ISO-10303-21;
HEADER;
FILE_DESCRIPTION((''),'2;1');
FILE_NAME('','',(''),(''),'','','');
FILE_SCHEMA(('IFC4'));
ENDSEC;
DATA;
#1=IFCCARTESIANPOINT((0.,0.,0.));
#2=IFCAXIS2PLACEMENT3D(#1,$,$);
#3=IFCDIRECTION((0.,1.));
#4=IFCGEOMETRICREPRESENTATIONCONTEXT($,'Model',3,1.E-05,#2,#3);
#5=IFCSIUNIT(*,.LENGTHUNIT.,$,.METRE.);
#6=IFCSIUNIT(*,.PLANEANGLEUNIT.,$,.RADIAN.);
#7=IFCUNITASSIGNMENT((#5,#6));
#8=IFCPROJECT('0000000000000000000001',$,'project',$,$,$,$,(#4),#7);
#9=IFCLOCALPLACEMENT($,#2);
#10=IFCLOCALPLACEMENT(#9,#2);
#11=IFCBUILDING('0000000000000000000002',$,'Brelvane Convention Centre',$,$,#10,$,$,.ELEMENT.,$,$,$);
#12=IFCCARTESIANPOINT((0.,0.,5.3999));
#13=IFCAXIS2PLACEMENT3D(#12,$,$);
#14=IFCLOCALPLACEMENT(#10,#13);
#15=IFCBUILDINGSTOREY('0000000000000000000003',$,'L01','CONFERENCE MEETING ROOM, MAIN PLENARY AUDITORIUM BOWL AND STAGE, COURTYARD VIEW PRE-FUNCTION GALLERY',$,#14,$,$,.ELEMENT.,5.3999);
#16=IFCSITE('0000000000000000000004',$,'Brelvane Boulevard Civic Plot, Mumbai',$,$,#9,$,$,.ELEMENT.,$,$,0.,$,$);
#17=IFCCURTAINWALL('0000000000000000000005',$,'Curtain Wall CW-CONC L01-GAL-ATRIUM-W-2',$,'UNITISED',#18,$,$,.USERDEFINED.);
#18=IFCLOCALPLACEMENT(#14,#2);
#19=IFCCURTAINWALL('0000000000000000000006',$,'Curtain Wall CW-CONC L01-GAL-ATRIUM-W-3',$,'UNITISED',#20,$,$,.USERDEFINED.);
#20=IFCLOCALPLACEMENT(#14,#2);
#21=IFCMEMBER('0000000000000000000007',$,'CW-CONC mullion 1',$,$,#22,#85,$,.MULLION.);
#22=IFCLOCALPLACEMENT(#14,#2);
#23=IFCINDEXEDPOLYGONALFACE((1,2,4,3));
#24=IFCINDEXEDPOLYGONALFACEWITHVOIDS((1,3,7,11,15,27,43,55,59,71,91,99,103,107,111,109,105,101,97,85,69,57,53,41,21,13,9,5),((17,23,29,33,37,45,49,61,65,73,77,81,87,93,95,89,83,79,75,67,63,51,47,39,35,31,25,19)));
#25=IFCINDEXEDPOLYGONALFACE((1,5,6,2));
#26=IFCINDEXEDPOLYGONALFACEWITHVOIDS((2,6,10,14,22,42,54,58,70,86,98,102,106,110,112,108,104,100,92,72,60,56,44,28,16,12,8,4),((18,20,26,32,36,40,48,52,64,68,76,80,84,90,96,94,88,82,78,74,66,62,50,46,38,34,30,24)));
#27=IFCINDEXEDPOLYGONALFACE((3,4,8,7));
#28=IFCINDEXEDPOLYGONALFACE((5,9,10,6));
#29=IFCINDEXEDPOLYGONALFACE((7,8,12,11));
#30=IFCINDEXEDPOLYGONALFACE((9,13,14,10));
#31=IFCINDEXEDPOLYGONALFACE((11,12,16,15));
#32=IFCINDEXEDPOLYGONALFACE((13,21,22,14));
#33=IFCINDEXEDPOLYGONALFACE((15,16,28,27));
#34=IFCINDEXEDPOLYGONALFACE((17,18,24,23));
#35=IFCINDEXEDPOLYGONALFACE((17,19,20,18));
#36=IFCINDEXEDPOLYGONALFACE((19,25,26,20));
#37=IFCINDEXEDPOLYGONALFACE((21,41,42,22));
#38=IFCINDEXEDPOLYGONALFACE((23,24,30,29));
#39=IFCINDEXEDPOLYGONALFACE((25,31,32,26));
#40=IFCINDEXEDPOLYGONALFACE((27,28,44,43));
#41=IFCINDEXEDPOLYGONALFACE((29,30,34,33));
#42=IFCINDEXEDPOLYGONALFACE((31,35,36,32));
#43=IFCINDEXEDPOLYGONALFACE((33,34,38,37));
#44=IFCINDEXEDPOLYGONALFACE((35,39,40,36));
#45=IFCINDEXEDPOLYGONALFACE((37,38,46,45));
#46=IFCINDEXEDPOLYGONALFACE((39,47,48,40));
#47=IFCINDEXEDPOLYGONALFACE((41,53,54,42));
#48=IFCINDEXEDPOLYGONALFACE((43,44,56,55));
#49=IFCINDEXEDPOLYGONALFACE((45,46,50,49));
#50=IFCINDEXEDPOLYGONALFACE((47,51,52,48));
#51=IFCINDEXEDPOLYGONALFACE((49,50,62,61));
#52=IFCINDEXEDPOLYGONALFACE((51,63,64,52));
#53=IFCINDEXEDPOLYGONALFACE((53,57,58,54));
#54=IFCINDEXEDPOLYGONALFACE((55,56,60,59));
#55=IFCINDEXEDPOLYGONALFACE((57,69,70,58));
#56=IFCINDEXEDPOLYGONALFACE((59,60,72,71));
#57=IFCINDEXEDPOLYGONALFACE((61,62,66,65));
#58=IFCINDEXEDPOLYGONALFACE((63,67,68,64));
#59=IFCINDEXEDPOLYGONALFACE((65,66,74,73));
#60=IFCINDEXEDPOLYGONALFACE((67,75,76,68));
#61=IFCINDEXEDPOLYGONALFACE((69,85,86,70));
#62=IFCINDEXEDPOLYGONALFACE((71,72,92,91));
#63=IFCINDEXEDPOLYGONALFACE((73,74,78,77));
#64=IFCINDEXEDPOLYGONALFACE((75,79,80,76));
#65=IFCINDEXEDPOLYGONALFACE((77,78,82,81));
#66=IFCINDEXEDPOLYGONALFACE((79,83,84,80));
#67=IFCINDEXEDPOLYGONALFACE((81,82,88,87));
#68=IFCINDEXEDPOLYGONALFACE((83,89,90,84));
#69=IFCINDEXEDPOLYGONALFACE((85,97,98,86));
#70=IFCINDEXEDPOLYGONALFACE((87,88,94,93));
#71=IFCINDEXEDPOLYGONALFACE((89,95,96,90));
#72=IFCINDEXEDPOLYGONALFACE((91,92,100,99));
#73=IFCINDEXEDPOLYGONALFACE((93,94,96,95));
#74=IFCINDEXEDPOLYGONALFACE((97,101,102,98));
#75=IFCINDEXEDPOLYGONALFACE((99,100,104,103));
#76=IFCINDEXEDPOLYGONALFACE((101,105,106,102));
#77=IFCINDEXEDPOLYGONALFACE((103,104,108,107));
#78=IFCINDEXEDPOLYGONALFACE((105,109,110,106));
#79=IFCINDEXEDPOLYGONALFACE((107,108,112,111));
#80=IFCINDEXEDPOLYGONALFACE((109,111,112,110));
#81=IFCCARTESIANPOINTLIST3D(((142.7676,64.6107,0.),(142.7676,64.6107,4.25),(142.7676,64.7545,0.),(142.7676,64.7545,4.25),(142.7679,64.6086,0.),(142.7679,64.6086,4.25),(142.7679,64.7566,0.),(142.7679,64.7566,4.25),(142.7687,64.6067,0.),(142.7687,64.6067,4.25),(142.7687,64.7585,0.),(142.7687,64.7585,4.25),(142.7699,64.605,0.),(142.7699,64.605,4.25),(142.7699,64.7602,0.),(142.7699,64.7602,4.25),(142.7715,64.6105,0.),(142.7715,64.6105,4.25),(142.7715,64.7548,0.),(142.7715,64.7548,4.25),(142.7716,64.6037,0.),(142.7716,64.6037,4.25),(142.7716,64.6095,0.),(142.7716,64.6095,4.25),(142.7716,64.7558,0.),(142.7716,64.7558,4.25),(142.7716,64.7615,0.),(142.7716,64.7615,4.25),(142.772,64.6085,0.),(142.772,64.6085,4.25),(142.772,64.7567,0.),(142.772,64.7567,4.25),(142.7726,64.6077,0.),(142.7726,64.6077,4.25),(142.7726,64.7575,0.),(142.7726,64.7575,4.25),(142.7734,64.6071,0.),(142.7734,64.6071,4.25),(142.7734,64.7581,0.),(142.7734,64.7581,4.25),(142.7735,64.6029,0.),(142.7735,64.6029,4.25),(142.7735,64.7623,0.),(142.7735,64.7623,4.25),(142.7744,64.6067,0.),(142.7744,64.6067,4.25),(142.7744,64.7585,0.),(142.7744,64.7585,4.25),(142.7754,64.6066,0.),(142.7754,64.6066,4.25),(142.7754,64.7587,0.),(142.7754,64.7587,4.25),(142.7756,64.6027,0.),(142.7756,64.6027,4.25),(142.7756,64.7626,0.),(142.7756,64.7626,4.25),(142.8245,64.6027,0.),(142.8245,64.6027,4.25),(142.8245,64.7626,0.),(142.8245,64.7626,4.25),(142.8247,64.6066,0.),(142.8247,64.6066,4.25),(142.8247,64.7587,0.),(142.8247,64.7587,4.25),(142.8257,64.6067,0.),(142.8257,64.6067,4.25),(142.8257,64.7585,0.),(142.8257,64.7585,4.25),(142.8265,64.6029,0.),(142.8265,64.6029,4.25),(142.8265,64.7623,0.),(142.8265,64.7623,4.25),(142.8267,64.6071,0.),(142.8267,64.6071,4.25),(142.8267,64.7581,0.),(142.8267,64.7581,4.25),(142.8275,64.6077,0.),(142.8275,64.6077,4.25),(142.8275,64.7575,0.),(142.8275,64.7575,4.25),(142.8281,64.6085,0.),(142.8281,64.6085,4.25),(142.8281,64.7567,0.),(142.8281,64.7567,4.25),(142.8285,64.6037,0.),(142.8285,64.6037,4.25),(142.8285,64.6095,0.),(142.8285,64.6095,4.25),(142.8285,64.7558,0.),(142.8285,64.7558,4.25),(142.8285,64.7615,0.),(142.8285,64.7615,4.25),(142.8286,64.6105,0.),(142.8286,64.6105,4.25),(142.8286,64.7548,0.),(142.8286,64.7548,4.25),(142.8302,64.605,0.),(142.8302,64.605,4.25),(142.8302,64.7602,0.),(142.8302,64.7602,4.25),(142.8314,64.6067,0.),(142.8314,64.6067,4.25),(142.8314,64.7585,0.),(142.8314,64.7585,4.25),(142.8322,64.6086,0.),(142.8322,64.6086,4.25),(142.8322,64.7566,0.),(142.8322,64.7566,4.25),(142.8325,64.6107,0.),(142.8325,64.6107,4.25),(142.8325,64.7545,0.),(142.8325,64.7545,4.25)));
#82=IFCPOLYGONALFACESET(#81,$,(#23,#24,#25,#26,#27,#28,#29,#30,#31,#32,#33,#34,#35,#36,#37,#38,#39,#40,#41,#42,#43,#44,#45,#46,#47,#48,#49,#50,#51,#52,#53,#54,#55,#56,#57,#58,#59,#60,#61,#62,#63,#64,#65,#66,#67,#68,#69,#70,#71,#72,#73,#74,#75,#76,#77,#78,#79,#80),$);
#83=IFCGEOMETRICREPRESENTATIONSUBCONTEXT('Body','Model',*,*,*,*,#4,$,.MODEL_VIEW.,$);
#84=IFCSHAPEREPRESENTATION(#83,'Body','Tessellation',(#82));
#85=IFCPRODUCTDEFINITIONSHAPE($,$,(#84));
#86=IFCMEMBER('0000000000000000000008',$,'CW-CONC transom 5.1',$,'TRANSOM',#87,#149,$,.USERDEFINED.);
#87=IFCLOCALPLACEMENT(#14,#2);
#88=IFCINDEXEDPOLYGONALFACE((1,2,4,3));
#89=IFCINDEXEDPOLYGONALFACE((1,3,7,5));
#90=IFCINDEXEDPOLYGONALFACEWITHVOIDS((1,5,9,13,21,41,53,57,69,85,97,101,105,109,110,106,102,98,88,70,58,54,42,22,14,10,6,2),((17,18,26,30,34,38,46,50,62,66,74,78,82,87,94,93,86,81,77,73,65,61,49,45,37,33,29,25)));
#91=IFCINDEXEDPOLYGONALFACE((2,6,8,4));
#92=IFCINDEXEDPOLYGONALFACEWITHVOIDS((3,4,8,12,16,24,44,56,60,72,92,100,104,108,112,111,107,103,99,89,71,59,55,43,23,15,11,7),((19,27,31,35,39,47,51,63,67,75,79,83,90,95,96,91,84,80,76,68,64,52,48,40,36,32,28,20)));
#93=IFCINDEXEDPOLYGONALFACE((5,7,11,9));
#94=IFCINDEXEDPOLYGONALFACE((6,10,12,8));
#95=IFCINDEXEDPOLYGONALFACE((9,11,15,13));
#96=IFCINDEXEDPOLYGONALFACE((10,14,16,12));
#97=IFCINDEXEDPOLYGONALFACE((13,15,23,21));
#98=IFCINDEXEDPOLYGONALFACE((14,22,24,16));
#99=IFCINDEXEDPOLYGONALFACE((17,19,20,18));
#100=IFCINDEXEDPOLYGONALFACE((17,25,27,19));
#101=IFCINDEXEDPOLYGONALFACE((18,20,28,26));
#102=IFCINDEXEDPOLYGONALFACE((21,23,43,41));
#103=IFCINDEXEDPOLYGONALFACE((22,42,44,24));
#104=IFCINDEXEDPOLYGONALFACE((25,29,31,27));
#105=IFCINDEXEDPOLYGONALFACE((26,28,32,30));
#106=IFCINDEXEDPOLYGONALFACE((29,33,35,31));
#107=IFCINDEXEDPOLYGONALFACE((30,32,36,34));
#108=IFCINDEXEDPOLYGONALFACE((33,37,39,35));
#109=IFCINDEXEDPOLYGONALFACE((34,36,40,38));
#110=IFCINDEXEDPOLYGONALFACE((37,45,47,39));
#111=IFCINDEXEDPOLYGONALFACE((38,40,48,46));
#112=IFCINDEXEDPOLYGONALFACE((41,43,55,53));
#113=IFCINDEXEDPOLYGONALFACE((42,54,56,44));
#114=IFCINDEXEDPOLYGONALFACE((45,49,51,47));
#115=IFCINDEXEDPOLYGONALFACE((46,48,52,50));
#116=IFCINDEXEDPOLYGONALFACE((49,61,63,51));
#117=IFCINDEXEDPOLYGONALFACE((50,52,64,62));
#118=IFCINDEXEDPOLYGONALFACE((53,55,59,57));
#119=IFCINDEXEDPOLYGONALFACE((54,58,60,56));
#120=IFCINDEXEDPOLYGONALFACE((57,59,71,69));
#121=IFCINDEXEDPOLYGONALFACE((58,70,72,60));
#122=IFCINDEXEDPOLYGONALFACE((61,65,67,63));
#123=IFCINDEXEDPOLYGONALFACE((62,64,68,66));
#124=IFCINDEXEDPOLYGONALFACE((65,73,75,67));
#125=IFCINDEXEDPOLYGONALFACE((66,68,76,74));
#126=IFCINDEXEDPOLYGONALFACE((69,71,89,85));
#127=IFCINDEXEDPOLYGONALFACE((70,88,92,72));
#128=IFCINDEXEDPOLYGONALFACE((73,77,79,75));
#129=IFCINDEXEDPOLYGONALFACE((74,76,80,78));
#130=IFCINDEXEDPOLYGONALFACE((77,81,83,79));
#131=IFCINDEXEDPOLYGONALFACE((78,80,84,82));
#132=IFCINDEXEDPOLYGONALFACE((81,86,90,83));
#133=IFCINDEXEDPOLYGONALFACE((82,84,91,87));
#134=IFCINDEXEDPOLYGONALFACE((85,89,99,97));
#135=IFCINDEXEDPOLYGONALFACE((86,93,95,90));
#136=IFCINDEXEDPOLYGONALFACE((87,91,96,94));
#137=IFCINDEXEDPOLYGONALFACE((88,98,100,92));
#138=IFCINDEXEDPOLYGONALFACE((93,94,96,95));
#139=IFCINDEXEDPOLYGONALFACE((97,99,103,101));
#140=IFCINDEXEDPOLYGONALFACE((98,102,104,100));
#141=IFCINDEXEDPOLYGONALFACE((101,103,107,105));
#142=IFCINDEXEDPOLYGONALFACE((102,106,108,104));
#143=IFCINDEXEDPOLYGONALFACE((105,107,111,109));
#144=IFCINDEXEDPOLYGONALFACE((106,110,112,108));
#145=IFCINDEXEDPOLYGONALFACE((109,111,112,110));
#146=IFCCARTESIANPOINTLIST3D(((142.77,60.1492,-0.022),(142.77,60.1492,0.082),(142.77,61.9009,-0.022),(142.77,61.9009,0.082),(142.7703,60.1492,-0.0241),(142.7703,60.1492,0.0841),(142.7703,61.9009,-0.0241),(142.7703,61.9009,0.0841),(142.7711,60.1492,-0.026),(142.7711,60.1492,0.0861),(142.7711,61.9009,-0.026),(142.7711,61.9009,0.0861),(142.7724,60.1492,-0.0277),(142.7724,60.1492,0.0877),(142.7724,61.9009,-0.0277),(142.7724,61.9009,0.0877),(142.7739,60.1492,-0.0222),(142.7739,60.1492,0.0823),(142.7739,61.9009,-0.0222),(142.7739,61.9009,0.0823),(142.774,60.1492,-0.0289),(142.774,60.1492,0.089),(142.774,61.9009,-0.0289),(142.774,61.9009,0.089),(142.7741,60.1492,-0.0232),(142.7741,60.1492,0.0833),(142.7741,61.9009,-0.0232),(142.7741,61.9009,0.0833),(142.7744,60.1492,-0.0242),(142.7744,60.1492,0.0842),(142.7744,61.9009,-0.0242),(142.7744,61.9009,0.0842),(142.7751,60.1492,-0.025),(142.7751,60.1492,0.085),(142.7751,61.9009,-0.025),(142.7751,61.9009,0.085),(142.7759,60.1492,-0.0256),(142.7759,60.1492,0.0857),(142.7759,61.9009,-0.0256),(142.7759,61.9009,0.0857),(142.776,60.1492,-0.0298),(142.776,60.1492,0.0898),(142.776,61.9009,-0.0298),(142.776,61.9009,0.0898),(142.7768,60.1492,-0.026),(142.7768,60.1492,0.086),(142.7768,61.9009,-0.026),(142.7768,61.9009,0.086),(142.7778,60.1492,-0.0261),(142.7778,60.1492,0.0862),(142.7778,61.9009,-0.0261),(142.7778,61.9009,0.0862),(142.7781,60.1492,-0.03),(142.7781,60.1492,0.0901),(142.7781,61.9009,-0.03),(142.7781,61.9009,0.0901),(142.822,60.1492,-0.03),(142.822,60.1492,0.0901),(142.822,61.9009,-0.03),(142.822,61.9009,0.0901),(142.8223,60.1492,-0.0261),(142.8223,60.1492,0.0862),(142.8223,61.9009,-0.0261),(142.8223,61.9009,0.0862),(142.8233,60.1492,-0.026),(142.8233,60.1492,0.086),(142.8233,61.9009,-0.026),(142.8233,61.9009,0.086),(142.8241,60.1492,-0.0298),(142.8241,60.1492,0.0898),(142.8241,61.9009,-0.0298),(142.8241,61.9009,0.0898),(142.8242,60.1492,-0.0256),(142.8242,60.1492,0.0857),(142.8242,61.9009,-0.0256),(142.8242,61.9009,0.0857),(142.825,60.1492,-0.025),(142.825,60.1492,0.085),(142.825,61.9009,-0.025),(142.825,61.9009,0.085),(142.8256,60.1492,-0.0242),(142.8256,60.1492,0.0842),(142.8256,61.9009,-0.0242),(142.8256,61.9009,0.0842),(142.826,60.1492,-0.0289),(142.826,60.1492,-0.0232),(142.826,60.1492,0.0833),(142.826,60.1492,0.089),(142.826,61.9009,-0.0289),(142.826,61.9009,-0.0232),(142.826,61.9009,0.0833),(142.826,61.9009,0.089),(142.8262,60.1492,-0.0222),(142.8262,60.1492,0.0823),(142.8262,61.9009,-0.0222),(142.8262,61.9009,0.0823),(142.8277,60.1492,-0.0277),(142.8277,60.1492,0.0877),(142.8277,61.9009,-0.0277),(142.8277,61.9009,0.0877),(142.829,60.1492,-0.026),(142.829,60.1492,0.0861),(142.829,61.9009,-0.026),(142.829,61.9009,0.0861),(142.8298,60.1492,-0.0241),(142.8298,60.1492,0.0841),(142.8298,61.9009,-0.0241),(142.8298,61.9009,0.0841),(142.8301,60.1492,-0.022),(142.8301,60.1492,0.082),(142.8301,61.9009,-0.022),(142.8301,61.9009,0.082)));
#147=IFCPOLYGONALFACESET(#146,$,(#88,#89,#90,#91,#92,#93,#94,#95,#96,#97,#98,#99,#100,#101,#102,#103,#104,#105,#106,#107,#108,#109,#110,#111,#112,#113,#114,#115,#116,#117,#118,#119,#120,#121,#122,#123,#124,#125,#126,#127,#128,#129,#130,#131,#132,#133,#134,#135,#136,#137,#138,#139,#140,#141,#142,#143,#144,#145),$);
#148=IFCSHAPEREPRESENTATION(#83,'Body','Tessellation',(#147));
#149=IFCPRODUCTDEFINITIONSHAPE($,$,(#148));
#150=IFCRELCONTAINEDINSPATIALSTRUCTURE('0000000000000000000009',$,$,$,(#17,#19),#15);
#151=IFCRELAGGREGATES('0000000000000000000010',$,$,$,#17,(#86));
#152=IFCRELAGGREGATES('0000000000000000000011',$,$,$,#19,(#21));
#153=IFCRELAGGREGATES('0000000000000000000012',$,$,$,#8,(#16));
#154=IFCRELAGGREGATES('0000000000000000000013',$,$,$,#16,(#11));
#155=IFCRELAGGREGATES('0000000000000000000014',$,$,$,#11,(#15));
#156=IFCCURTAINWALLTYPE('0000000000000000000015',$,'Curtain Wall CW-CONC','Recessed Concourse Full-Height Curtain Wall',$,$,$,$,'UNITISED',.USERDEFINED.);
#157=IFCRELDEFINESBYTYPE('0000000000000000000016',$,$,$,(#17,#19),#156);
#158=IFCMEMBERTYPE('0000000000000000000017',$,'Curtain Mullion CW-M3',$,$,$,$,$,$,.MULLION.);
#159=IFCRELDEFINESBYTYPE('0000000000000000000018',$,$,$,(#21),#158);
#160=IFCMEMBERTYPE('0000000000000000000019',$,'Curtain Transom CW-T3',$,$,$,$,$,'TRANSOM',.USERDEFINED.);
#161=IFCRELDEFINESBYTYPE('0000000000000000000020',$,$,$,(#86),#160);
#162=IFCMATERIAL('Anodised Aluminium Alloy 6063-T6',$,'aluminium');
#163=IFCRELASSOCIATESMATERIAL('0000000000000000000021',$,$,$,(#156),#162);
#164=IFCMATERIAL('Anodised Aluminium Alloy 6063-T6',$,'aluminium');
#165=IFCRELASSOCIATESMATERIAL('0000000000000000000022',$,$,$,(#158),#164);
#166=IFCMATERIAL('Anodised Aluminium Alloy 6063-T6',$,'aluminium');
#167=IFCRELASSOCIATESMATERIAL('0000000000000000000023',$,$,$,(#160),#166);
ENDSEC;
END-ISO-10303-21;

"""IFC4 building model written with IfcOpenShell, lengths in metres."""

from ifc_helpers import new_model, si_unit, direction, frame, origin, origin_2d, place, context, subcontext, project, spatial, hollow_rectangle, extrude, material, material_profile, profile_set, type_object, element, aggregate, save


model = new_model("IFC4")

# Units and contexts
model_context = context("Model", 3, precision=1e-05, world=origin(), true_north=direction((0.0, 1.0)))
body_context = subcontext(model_context, "Body", "Model", "MODEL_VIEW")
ifc_project = project(units=[si_unit("LENGTHUNIT", "METRE"), si_unit("PLANEANGLEUNIT", "RADIAN")], contexts=[model_context])

# Site, building, storey
site_placement = place(None, origin())
site = spatial("IfcSite", under=ifc_project, at=site_placement, Name="Brelvane Boulevard Civic Plot, Mumbai", CompositionType="ELEMENT", RefElevation=0.0)
building_placement = place(site_placement, origin())
building = spatial("IfcBuilding", under=site, at=building_placement, Name="Brelvane Convention Centre", CompositionType="ELEMENT")
storey_placement = place(building_placement, frame((0.0, 0.0, 5.3999)))
storey = spatial("IfcBuildingStorey", under=building, at=storey_placement, Name="L01", Description="CONFERENCE MEETING ROOM, MAIN PLENARY AUDITORIUM BOWL AND STAGE, COURTYARD VIEW PRE-FUNCTION GALLERY", CompositionType="ELEMENT", Elevation=5.3999)

# Curtain wall
ifc_material_1 = material(Name="Anodised Aluminium Alloy 6063-T6", Category="aluminium")
curtain_wall_type = type_object("IfcCurtainWallType", Name="Curtain Wall CW-CONC", Description="Recessed Concourse Full-Height Curtain Wall", ElementType="UNITISED", PredefinedType="USERDEFINED", material=ifc_material_1)
curtain_wall_1_placement = place(storey_placement, origin())
curtain_wall_1 = element("IfcCurtainWall", 1, at=curtain_wall_1_placement, inside=storey, type_object=curtain_wall_type, Name="Curtain Wall CW-CONC L01-GAL-ATRIUM-W-2", ObjectType="UNITISED", PredefinedType="USERDEFINED")
ifc_material_2 = material(Name="Anodised Aluminium Alloy 6063-T6", Category="aluminium")
ifc_material_profile_1 = material_profile(ifc_material_2, hollow_rectangle(XDim=0.0649, YDim=0.1599, WallThickness=0.0039, InnerFilletRadius=0.0039, OuterFilletRadius=0.0081, at=origin_2d()), Name="ALU-M 160x65x4.0")
ifc_profile_set_1 = profile_set([ifc_material_profile_1], Name="Anodised Aluminium Alloy 6063-T6")
member_type_1 = type_object("IfcMemberType", Name="Curtain Mullion CW-M3", PredefinedType="MULLION", material=ifc_profile_set_1)

# Curtain wall, member
curtain_wall_2_placement = place(storey_placement, origin())
curtain_wall_2 = element("IfcCurtainWall", 2, at=curtain_wall_2_placement, inside=storey, type_object=curtain_wall_type, Name="Curtain Wall CW-CONC L01-GAL-ATRIUM-W-3", ObjectType="UNITISED", PredefinedType="USERDEFINED")
member_1_placement = place(storey_placement, frame((142.8, 64.6826, 0.0), z_axis=(0.0, 0.0, 1.0), x_axis=(-1.0, 0.0, 0.0)))
member_1 = element("IfcMember", 3, at=member_1_placement, type_object=member_type_1, Name="CW-CONC mullion 1", PredefinedType="MULLION", context=body_context, shape_type="SweptSolid", body=[
    extrude(hollow_rectangle(XDim=0.0649, YDim=0.1599, WallThickness=0.0039, InnerFilletRadius=0.0039, OuterFilletRadius=0.0081, at=origin_2d()), origin(), (0.0, 0.0, 1.0), 4.25),
])

# Member
ifc_material_3 = material(Name="Anodised Aluminium Alloy 6063-T6", Category="aluminium")
ifc_material_profile_2 = material_profile(ifc_material_3, hollow_rectangle(XDim=0.0601, YDim=0.1201, WallThickness=0.0039, InnerFilletRadius=0.0039, OuterFilletRadius=0.0081, at=origin_2d()), Name="ALU-T 120x60x4.0")
ifc_profile_set_2 = profile_set([ifc_material_profile_2], Name="Anodised Aluminium Alloy 6063-T6")
member_type_2 = type_object("IfcMemberType", Name="Curtain Transom CW-T3", ElementType="TRANSOM", PredefinedType="USERDEFINED", material=ifc_profile_set_2)
member_2_placement = place(storey_placement, frame((142.8, 60.1492, 0.03), z_axis=(0.0, 1.0, 0.0), x_axis=(-1.0, 0.0, 0.0)))
member_2 = element("IfcMember", 4, at=member_2_placement, type_object=member_type_2, Name="CW-CONC transom 5.1", ObjectType="TRANSOM", PredefinedType="USERDEFINED", context=body_context, shape_type="SweptSolid", body=[
    extrude(hollow_rectangle(XDim=0.0601, YDim=0.1201, WallThickness=0.0039, InnerFilletRadius=0.0039, OuterFilletRadius=0.0081, at=origin_2d()), origin(), (0.0, 0.0, 1.0), 1.7517),
])

aggregate(curtain_wall_1, [member_2])
aggregate(curtain_wall_2, [member_1])

save(model, "model.ifc")
